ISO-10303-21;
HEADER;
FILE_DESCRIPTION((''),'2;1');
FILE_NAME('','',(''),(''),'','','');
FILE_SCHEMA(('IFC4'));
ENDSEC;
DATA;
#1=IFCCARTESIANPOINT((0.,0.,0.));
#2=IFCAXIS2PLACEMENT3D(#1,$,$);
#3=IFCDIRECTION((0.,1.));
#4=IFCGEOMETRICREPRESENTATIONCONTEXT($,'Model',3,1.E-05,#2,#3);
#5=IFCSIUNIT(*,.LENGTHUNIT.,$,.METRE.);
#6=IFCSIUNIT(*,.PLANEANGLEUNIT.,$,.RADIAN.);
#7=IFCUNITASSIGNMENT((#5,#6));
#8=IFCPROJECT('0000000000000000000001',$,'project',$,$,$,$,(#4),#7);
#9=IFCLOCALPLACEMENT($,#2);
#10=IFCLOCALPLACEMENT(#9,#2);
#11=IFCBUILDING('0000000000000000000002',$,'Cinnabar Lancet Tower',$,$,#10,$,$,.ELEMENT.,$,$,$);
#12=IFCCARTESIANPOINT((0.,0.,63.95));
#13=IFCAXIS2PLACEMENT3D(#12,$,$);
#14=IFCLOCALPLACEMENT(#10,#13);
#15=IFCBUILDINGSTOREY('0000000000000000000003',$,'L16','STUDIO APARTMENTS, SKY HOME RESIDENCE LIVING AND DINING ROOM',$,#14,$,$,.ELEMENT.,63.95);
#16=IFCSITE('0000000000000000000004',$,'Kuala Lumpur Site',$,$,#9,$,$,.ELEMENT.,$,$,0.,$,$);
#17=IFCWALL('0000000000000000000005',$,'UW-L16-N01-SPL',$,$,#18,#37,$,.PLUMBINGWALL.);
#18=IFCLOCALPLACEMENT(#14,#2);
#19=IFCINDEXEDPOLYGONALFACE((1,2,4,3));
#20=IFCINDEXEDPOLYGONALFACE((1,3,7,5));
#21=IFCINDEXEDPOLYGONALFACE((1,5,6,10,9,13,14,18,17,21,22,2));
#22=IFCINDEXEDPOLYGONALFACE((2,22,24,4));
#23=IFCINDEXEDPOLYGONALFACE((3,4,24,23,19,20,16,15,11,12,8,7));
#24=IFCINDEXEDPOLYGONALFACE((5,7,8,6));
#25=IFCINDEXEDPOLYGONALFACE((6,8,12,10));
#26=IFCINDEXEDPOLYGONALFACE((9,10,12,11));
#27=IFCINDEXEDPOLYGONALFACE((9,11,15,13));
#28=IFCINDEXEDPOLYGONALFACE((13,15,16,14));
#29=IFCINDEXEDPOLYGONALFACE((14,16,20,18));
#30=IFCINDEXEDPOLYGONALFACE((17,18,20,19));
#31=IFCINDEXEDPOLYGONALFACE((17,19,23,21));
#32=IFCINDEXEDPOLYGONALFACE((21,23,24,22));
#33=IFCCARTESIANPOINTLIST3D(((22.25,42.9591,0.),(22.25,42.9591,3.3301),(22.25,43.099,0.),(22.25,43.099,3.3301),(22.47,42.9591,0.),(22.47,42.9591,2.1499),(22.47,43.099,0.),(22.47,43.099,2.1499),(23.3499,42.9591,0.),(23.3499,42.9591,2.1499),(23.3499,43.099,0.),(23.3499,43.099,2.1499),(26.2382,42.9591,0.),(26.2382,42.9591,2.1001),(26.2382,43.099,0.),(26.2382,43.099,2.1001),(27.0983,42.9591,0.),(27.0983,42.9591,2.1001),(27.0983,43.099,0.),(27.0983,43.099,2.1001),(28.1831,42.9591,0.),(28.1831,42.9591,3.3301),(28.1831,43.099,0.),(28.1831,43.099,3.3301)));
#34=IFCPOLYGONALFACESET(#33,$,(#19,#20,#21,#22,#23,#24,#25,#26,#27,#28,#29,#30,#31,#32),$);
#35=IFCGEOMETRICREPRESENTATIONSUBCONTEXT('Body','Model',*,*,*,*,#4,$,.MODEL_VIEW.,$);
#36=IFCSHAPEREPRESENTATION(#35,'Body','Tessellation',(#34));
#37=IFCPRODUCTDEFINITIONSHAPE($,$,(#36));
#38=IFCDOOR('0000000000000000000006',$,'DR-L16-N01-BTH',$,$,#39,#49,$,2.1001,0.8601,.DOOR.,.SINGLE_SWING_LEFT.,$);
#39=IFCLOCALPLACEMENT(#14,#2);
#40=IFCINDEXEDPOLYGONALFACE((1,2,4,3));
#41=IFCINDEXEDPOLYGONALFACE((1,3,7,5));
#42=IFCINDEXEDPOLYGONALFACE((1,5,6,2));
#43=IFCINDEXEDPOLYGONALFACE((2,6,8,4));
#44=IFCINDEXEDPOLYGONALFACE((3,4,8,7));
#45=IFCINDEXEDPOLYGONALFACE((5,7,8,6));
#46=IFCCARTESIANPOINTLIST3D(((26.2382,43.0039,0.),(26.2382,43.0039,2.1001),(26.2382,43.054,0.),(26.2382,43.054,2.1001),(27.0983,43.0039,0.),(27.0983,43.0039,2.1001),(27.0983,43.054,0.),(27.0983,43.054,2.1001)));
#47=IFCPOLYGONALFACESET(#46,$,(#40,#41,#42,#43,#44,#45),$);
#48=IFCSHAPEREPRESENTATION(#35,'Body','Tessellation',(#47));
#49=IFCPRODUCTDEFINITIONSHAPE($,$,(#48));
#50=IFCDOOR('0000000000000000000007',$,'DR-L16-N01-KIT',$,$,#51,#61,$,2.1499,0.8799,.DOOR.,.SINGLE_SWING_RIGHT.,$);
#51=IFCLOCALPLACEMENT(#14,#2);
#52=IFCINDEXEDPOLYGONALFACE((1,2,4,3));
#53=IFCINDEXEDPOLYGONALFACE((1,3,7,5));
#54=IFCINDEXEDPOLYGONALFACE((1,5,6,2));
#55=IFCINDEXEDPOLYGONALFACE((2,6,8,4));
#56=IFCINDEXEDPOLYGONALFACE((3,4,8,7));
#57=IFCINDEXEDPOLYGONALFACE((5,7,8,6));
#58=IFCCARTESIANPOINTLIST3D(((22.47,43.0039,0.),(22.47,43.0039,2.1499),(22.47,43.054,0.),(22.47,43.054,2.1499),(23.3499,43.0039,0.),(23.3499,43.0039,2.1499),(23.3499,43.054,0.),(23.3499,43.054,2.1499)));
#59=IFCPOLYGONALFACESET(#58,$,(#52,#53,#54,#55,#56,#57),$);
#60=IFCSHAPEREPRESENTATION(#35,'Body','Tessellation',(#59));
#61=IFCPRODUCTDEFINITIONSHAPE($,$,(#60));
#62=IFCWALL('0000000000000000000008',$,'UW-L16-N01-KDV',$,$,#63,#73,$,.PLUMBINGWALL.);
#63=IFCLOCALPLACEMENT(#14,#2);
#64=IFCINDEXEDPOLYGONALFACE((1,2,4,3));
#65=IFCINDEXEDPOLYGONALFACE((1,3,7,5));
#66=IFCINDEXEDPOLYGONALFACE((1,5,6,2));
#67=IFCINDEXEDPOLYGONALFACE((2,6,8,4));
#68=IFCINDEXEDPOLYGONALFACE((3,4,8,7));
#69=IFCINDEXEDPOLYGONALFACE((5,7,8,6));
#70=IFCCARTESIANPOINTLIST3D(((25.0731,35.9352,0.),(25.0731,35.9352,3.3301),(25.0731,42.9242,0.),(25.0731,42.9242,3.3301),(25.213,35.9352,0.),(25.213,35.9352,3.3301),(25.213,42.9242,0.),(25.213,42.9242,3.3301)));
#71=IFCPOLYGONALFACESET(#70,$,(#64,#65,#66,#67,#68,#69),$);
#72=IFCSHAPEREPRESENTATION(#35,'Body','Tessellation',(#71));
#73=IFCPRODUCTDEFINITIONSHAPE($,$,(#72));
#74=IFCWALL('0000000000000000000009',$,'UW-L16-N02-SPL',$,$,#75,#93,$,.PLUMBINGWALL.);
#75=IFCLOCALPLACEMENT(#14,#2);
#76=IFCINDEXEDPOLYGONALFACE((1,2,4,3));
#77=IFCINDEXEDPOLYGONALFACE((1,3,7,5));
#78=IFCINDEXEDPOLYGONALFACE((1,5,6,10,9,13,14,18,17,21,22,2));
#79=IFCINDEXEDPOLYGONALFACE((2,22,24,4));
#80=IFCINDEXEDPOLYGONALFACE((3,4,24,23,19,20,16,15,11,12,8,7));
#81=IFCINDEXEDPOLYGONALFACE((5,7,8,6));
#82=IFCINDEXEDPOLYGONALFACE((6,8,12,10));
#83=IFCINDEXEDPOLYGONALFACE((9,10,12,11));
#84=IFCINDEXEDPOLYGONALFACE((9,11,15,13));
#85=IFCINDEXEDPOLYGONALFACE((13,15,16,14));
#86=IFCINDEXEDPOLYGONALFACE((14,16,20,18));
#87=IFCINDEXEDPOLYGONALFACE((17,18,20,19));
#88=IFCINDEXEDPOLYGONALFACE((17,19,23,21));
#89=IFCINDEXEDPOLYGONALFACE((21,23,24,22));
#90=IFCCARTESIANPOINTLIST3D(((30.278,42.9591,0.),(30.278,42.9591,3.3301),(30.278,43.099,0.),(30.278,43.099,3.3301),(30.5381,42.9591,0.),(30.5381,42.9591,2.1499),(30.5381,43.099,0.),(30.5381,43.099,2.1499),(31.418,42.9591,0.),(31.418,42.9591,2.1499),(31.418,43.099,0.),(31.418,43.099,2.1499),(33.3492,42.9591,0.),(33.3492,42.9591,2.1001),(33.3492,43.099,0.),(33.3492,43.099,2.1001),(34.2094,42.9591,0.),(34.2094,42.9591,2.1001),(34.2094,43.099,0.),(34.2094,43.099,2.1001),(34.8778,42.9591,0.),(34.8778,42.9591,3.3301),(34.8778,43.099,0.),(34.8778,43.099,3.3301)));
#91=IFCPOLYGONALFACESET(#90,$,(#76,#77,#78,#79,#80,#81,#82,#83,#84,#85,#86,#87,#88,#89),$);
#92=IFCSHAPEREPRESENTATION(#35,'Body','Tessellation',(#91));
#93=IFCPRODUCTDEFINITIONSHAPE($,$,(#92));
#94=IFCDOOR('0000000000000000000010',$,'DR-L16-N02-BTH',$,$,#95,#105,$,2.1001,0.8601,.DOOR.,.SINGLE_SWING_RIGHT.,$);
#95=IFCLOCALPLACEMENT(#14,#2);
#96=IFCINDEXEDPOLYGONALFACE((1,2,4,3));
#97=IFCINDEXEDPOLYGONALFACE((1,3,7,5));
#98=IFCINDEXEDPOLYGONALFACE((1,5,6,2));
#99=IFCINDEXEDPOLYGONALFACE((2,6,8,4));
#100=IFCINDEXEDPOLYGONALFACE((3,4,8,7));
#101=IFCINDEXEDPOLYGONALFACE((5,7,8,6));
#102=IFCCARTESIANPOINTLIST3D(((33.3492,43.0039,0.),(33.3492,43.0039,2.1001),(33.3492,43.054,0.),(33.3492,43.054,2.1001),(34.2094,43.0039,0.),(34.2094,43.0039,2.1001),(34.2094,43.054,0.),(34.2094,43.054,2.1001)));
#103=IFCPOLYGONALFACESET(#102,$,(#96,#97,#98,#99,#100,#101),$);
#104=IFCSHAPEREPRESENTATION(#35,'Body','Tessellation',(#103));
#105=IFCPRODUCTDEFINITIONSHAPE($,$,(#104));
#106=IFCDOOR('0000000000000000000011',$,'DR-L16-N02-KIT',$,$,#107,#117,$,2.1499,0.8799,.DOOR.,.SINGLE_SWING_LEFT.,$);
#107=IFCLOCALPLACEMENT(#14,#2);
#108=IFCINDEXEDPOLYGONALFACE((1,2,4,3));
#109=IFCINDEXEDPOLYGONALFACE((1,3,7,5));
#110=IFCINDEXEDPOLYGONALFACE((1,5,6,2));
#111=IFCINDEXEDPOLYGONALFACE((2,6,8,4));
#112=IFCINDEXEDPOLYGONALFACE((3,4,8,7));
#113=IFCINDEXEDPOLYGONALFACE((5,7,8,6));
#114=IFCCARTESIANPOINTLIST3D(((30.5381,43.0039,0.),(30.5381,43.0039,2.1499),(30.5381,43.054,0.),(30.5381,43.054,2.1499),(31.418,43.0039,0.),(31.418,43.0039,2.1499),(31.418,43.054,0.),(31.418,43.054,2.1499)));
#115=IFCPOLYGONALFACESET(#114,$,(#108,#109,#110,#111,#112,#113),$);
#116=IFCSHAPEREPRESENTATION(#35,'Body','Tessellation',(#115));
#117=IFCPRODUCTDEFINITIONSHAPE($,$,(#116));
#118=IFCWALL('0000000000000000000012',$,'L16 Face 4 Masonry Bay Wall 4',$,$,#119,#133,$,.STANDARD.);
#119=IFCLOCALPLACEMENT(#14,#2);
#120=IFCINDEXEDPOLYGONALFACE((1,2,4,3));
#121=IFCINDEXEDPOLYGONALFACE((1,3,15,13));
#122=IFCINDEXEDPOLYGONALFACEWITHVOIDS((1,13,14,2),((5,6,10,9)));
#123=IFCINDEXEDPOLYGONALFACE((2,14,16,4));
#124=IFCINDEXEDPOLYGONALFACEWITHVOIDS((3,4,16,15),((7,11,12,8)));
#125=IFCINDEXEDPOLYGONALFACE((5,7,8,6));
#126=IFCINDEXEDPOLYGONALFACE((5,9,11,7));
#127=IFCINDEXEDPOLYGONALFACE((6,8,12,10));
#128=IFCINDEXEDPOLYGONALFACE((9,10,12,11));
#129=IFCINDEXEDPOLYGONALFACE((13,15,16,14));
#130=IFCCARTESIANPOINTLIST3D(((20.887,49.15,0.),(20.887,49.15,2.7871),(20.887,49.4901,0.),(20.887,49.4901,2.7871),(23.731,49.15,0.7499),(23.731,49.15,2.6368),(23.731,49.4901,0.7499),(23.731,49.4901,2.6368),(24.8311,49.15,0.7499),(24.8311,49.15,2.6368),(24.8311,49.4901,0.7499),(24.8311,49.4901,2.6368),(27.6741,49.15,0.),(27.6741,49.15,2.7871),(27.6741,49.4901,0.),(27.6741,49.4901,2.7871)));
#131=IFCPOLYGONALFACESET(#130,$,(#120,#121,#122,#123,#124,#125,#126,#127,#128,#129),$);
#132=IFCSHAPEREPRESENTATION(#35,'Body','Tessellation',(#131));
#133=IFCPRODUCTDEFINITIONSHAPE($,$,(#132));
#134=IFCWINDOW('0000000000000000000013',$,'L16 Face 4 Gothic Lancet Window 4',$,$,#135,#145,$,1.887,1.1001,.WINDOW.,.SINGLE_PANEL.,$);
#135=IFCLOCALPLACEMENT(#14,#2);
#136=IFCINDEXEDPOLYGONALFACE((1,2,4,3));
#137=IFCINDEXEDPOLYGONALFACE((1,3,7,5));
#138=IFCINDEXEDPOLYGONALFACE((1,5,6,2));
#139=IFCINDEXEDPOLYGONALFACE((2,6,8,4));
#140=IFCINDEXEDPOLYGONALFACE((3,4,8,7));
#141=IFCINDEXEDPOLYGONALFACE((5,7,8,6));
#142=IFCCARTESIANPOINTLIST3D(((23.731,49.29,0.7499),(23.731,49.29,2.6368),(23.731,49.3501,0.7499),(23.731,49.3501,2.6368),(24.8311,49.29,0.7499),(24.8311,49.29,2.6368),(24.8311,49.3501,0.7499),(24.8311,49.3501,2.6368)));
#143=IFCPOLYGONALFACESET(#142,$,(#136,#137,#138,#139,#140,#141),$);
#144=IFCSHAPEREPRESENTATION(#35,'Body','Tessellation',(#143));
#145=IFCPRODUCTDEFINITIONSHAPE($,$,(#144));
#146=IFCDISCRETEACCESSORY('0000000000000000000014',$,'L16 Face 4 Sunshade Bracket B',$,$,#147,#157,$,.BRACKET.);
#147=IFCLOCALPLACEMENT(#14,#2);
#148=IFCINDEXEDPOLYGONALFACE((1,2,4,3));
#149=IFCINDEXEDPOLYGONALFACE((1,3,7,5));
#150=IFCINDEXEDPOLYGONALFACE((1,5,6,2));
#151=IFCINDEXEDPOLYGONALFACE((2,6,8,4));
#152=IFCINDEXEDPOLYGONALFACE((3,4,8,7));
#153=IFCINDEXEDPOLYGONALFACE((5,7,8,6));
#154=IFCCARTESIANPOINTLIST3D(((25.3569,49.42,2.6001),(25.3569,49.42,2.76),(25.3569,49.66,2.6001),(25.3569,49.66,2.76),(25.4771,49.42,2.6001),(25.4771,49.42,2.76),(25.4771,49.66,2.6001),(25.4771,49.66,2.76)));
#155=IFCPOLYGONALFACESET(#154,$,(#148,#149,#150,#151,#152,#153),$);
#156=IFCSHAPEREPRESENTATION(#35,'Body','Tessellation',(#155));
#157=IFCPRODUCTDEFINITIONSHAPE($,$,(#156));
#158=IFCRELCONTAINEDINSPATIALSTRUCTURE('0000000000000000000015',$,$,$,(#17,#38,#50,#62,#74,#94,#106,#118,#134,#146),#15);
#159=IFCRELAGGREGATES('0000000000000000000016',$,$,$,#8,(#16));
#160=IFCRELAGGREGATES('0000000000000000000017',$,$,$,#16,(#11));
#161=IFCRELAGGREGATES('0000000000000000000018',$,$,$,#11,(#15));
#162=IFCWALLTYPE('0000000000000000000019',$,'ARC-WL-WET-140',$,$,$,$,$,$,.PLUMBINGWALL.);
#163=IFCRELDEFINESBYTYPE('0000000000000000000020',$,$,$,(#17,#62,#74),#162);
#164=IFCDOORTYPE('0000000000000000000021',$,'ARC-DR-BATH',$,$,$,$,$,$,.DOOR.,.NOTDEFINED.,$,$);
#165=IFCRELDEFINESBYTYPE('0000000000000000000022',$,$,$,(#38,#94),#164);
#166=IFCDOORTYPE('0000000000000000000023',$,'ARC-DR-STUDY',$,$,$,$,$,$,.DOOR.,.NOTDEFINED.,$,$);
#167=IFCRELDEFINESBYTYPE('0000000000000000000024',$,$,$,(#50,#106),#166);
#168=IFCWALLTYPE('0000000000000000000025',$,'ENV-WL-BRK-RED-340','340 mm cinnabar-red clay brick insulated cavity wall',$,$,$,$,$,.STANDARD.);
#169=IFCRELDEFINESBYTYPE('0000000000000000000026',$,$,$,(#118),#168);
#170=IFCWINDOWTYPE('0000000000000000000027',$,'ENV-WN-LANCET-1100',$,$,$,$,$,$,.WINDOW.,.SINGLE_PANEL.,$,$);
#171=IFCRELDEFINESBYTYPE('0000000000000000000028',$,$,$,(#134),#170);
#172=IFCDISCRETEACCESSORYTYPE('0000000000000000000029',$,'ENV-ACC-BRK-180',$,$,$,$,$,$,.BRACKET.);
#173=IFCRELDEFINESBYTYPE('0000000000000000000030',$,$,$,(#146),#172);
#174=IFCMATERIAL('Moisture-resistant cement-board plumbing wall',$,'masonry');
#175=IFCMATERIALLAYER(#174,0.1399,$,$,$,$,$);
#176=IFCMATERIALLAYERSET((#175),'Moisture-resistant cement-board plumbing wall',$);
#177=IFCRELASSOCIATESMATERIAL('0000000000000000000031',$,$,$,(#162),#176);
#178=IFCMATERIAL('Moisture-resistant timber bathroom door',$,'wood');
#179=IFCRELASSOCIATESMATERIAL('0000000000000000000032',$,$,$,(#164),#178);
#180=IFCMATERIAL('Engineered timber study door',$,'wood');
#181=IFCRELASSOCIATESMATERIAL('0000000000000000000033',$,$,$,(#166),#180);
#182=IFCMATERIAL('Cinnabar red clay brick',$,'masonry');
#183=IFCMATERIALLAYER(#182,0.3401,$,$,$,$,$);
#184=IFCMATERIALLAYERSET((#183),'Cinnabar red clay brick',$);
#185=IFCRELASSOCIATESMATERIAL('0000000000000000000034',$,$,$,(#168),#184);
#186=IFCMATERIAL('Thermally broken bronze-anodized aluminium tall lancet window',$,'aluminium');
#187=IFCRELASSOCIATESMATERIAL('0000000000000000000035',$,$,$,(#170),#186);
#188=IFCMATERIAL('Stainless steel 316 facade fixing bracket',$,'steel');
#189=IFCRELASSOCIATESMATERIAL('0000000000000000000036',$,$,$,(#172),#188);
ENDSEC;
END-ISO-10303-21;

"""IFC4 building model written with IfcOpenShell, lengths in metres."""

from ifc_helpers import new_model, si_unit, direction, frame, frame_2d, origin, origin_2d, place, context, subcontext, project, spatial, rectangle, extrude, material, layer, layer_set, type_object, element, fill, save


model = new_model("IFC4")

# Units and contexts
model_context = context("Model", 3, precision=1e-05, world=origin(), true_north=direction((0.0, 1.0)))
body_context = subcontext(model_context, "Body", "Model", "MODEL_VIEW")
ifc_project = project(units=[si_unit("LENGTHUNIT", "METRE"), si_unit("PLANEANGLEUNIT", "RADIAN")], contexts=[model_context])

# Site, building, storey
site_placement = place(None, origin())
site = spatial("IfcSite", under=ifc_project, at=site_placement, Name="Kuala Lumpur Site", CompositionType="ELEMENT", RefElevation=0.0)
building_placement = place(site_placement, origin())
building = spatial("IfcBuilding", under=site, at=building_placement, Name="Cinnabar Lancet Tower", CompositionType="ELEMENT")
storey_placement = place(building_placement, frame((0.0, 0.0, 63.95)))
storey = spatial("IfcBuildingStorey", under=building, at=storey_placement, Name="L16", Description="STUDIO APARTMENTS, SKY HOME RESIDENCE LIVING AND DINING ROOM", CompositionType="ELEMENT", Elevation=63.95)

# Wall, openings, doors
ifc_material_1 = material(Name="Moisture-resistant cement-board plumbing wall", Category="masonry")
ifc_layer_1 = layer(ifc_material_1, 0.1399)
ifc_layer_set_1 = layer_set([ifc_layer_1], Name="Moisture-resistant cement-board plumbing wall")
wall_type_1 = type_object("IfcWallType", Name="ARC-WL-WET-140", PredefinedType="PLUMBINGWALL", material=ifc_layer_set_1)
wall_1_placement = place(storey_placement, frame((22.25, 43.0291, 0.0), z_axis=(0.0, 0.0, 1.0), x_axis=(1.0, 0.0, 0.0)))
wall_1 = element("IfcWall", 1, at=wall_1_placement, inside=storey, type_object=wall_type_1, Name="UW-L16-N01-SPL", PredefinedType="PLUMBINGWALL", context=body_context, shape_type="SweptSolid", body=[
    extrude(rectangle(XDim=5.9331, YDim=0.1399, at=frame_2d((2.9666, 0.0))), origin(), (0.0, 0.0, 1.0), 3.3301),
])
opening_1_placement = place(wall_1_placement, frame((3.988, 0.0, 0.0)))
opening_1 = element("IfcOpeningElement", 2, at=opening_1_placement, cuts=wall_1, PredefinedType="OPENING", context=body_context, shape_type="SweptSolid", body=[
    extrude(rectangle(XDim=0.8601, YDim=2.1001, at=frame_2d((0.4302, 1.05))), frame((0.0, 0.0798, 0.0), z_axis=(0.0, -1.0, 0.0), x_axis=(1.0, 0.0, 0.0)), (0.0, 0.0, 1.0), 0.1599),
])
opening_2_placement = place(wall_1_placement, frame((0.22, 0.0, 0.0)))
opening_2 = element("IfcOpeningElement", 3, at=opening_2_placement, cuts=wall_1, PredefinedType="OPENING", context=body_context, shape_type="SweptSolid", body=[
    extrude(rectangle(XDim=0.8799, YDim=2.1499, at=frame_2d((0.4399, 1.075))), frame((0.0, 0.0798, 0.0), z_axis=(0.0, -1.0, 0.0), x_axis=(1.0, 0.0, 0.0)), (0.0, 0.0, 1.0), 0.1599),
])
ifc_material_2 = material(Name="Moisture-resistant timber bathroom door", Category="wood")
door_type_1 = type_object("IfcDoorType", Name="ARC-DR-BATH", OperationType="NOTDEFINED", PredefinedType="DOOR", material=ifc_material_2)
door_1_placement = place(opening_1_placement, origin())
door_1 = element("IfcDoor", 4, at=door_1_placement, inside=storey, type_object=door_type_1, Name="DR-L16-N01-BTH", OperationType="SINGLE_SWING_LEFT", OverallHeight=2.1001, OverallWidth=0.8601, PredefinedType="DOOR", context=body_context, shape_type="SweptSolid", body=[
    extrude(rectangle(XDim=0.8601, YDim=2.1001, at=frame_2d((0.4302, 1.05))), frame((0.0, 0.0249, 0.0), z_axis=(0.0, -1.0, 0.0), x_axis=(1.0, 0.0, 0.0)), (0.0, 0.0, 1.0), 0.05),
])
fill(opening_1, door_1)
ifc_material_3 = material(Name="Engineered timber study door", Category="wood")
door_type_2 = type_object("IfcDoorType", Name="ARC-DR-STUDY", OperationType="NOTDEFINED", PredefinedType="DOOR", material=ifc_material_3)
door_2_placement = place(opening_2_placement, origin())
door_2 = element("IfcDoor", 5, at=door_2_placement, inside=storey, type_object=door_type_2, Name="DR-L16-N01-KIT", OperationType="SINGLE_SWING_RIGHT", OverallHeight=2.1499, OverallWidth=0.8799, PredefinedType="DOOR", context=body_context, shape_type="SweptSolid", body=[
    extrude(rectangle(XDim=0.8799, YDim=2.1499, at=frame_2d((0.4399, 1.075))), frame((0.0, 0.0249, 0.0), z_axis=(0.0, -1.0, 0.0), x_axis=(1.0, 0.0, 0.0)), (0.0, 0.0, 1.0), 0.05),
])
fill(opening_2, door_2)

# Wall
wall_2_placement = place(storey_placement, frame((25.1431, 35.9351, 0.0), z_axis=(0.0, 0.0, 1.0), x_axis=(0.0, 1.0, 0.0)))
element("IfcWall", 6, at=wall_2_placement, inside=storey, type_object=wall_type_1, Name="UW-L16-N01-KDV", PredefinedType="PLUMBINGWALL", context=body_context, shape_type="SweptSolid", body=[
    extrude(rectangle(XDim=6.989, YDim=0.1399, at=frame_2d((3.4946, 0.0))), origin(), (0.0, 0.0, 1.0), 3.3301),
])

# Wall, openings, doors
wall_3_placement = place(storey_placement, frame((30.2781, 43.0291, 0.0), z_axis=(0.0, 0.0, 1.0), x_axis=(1.0, 0.0, 0.0)))
wall_3 = element("IfcWall", 7, at=wall_3_placement, inside=storey, type_object=wall_type_1, Name="UW-L16-N02-SPL", PredefinedType="PLUMBINGWALL", context=body_context, shape_type="SweptSolid", body=[
    extrude(rectangle(XDim=4.5999, YDim=0.1399, at=frame_2d((2.2998, 0.0))), origin(), (0.0, 0.0, 1.0), 3.3301),
])
opening_3_placement = place(wall_3_placement, frame((3.071, 0.0, 0.0)))
opening_3 = element("IfcOpeningElement", 8, at=opening_3_placement, cuts=wall_3, PredefinedType="OPENING", context=body_context, shape_type="SweptSolid", body=[
    extrude(rectangle(XDim=0.8601, YDim=2.1001, at=frame_2d((0.4302, 1.05))), frame((0.0, 0.0798, 0.0), z_axis=(0.0, -1.0, 0.0), x_axis=(1.0, 0.0, 0.0)), (0.0, 0.0, 1.0), 0.1599),
])
opening_4_placement = place(wall_3_placement, frame((0.26, 0.0, 0.0)))
opening_4 = element("IfcOpeningElement", 9, at=opening_4_placement, cuts=wall_3, PredefinedType="OPENING", context=body_context, shape_type="SweptSolid", body=[
    extrude(rectangle(XDim=0.8799, YDim=2.1499, at=frame_2d((0.4399, 1.075))), frame((0.0, 0.0798, 0.0), z_axis=(0.0, -1.0, 0.0), x_axis=(1.0, 0.0, 0.0)), (0.0, 0.0, 1.0), 0.1599),
])
door_3_placement = place(opening_3_placement, origin())
door_3 = element("IfcDoor", 10, at=door_3_placement, inside=storey, type_object=door_type_1, Name="DR-L16-N02-BTH", OperationType="SINGLE_SWING_RIGHT", OverallHeight=2.1001, OverallWidth=0.8601, PredefinedType="DOOR", context=body_context, shape_type="SweptSolid", body=[
    extrude(rectangle(XDim=0.8601, YDim=2.1001, at=frame_2d((0.4302, 1.05))), frame((0.0, 0.0249, 0.0), z_axis=(0.0, -1.0, 0.0), x_axis=(1.0, 0.0, 0.0)), (0.0, 0.0, 1.0), 0.05),
])
fill(opening_3, door_3)
door_4_placement = place(opening_4_placement, origin())
door_4 = element("IfcDoor", 11, at=door_4_placement, inside=storey, type_object=door_type_2, Name="DR-L16-N02-KIT", OperationType="SINGLE_SWING_LEFT", OverallHeight=2.1499, OverallWidth=0.8799, PredefinedType="DOOR", context=body_context, shape_type="SweptSolid", body=[
    extrude(rectangle(XDim=0.8799, YDim=2.1499, at=frame_2d((0.4399, 1.075))), frame((0.0, 0.0249, 0.0), z_axis=(0.0, -1.0, 0.0), x_axis=(1.0, 0.0, 0.0)), (0.0, 0.0, 1.0), 0.05),
])
fill(opening_4, door_4)

# Wall, opening, window
ifc_material_4 = material(Name="Cinnabar red clay brick", Category="masonry")
ifc_layer_2 = layer(ifc_material_4, 0.3401)
ifc_layer_set_2 = layer_set([ifc_layer_2], Name="Cinnabar red clay brick")
wall_type_2 = type_object("IfcWallType", Name="ENV-WL-BRK-RED-340", Description="340 mm cinnabar-red clay brick insulated cavity wall", PredefinedType="STANDARD", material=ifc_layer_set_2)
wall_4_placement = place(storey_placement, frame((27.6741, 49.3201, 0.0), z_axis=(0.0, 0.0, 1.0), x_axis=(-1.0, 0.0, 0.0)))
wall_4 = element("IfcWall", 12, at=wall_4_placement, inside=storey, type_object=wall_type_2, Name="L16 Face 4 Masonry Bay Wall 4", PredefinedType="STANDARD", context=body_context, shape_type="SweptSolid", body=[
    extrude(rectangle(XDim=6.7871, YDim=0.3401, at=frame_2d((3.3936, 0.0))), origin(), (0.0, 0.0, 1.0), 2.7871),
])
opening_5_placement = place(wall_4_placement, frame((2.843, 0.0, 0.75)))
opening_5 = element("IfcOpeningElement", 13, at=opening_5_placement, cuts=wall_4, PredefinedType="OPENING", context=body_context, shape_type="SweptSolid", body=[
    extrude(rectangle(XDim=1.1001, YDim=1.887, at=frame_2d((0.55, 0.9434))), frame((0.0, 0.1799, 0.0), z_axis=(0.0, -1.0, 0.0), x_axis=(1.0, 0.0, 0.0)), (0.0, 0.0, 1.0), 0.3601),
])
ifc_material_5 = material(Name="Thermally broken bronze-anodized aluminium tall lancet window", Category="aluminium")
window_type = type_object("IfcWindowType", Name="ENV-WN-LANCET-1100", PartitioningType="SINGLE_PANEL", PredefinedType="WINDOW", material=ifc_material_5)
window_placement = place(opening_5_placement, origin())
window = element("IfcWindow", 14, at=window_placement, inside=storey, type_object=window_type, Name="L16 Face 4 Gothic Lancet Window 4", OverallHeight=1.887, OverallWidth=1.1001, PartitioningType="SINGLE_PANEL", PredefinedType="WINDOW", context=body_context, shape_type="SweptSolid", body=[
    extrude(rectangle(XDim=1.1001, YDim=1.887, at=frame_2d((0.55, 0.9434))), frame((0.0, 0.03, 0.0), z_axis=(0.0, -1.0, 0.0), x_axis=(1.0, 0.0, 0.0)), (0.0, 0.0, 1.0), 0.0601),
])
fill(opening_5, window)

# Discrete accessory
ifc_material_6 = material(Name="Stainless steel 316 facade fixing bracket", Category="steel")
discrete_accessory_type = type_object("IfcDiscreteAccessoryType", Name="ENV-ACC-BRK-180", PredefinedType="BRACKET", material=ifc_material_6)
discrete_accessory_placement = place(storey_placement, frame((25.417, 49.54, 2.6001), z_axis=(0.0, 0.0, 1.0), x_axis=(-1.0, 0.0, 0.0)))
element("IfcDiscreteAccessory", 15, at=discrete_accessory_placement, inside=storey, type_object=discrete_accessory_type, Name="L16 Face 4 Sunshade Bracket B", PredefinedType="BRACKET", context=body_context, shape_type="SweptSolid", body=[
    extrude(rectangle(XDim=0.1201, YDim=0.24, at=origin_2d()), origin(), (0.0, 0.0, 1.0), 0.1599),
])

save(model, "model.ifc")
